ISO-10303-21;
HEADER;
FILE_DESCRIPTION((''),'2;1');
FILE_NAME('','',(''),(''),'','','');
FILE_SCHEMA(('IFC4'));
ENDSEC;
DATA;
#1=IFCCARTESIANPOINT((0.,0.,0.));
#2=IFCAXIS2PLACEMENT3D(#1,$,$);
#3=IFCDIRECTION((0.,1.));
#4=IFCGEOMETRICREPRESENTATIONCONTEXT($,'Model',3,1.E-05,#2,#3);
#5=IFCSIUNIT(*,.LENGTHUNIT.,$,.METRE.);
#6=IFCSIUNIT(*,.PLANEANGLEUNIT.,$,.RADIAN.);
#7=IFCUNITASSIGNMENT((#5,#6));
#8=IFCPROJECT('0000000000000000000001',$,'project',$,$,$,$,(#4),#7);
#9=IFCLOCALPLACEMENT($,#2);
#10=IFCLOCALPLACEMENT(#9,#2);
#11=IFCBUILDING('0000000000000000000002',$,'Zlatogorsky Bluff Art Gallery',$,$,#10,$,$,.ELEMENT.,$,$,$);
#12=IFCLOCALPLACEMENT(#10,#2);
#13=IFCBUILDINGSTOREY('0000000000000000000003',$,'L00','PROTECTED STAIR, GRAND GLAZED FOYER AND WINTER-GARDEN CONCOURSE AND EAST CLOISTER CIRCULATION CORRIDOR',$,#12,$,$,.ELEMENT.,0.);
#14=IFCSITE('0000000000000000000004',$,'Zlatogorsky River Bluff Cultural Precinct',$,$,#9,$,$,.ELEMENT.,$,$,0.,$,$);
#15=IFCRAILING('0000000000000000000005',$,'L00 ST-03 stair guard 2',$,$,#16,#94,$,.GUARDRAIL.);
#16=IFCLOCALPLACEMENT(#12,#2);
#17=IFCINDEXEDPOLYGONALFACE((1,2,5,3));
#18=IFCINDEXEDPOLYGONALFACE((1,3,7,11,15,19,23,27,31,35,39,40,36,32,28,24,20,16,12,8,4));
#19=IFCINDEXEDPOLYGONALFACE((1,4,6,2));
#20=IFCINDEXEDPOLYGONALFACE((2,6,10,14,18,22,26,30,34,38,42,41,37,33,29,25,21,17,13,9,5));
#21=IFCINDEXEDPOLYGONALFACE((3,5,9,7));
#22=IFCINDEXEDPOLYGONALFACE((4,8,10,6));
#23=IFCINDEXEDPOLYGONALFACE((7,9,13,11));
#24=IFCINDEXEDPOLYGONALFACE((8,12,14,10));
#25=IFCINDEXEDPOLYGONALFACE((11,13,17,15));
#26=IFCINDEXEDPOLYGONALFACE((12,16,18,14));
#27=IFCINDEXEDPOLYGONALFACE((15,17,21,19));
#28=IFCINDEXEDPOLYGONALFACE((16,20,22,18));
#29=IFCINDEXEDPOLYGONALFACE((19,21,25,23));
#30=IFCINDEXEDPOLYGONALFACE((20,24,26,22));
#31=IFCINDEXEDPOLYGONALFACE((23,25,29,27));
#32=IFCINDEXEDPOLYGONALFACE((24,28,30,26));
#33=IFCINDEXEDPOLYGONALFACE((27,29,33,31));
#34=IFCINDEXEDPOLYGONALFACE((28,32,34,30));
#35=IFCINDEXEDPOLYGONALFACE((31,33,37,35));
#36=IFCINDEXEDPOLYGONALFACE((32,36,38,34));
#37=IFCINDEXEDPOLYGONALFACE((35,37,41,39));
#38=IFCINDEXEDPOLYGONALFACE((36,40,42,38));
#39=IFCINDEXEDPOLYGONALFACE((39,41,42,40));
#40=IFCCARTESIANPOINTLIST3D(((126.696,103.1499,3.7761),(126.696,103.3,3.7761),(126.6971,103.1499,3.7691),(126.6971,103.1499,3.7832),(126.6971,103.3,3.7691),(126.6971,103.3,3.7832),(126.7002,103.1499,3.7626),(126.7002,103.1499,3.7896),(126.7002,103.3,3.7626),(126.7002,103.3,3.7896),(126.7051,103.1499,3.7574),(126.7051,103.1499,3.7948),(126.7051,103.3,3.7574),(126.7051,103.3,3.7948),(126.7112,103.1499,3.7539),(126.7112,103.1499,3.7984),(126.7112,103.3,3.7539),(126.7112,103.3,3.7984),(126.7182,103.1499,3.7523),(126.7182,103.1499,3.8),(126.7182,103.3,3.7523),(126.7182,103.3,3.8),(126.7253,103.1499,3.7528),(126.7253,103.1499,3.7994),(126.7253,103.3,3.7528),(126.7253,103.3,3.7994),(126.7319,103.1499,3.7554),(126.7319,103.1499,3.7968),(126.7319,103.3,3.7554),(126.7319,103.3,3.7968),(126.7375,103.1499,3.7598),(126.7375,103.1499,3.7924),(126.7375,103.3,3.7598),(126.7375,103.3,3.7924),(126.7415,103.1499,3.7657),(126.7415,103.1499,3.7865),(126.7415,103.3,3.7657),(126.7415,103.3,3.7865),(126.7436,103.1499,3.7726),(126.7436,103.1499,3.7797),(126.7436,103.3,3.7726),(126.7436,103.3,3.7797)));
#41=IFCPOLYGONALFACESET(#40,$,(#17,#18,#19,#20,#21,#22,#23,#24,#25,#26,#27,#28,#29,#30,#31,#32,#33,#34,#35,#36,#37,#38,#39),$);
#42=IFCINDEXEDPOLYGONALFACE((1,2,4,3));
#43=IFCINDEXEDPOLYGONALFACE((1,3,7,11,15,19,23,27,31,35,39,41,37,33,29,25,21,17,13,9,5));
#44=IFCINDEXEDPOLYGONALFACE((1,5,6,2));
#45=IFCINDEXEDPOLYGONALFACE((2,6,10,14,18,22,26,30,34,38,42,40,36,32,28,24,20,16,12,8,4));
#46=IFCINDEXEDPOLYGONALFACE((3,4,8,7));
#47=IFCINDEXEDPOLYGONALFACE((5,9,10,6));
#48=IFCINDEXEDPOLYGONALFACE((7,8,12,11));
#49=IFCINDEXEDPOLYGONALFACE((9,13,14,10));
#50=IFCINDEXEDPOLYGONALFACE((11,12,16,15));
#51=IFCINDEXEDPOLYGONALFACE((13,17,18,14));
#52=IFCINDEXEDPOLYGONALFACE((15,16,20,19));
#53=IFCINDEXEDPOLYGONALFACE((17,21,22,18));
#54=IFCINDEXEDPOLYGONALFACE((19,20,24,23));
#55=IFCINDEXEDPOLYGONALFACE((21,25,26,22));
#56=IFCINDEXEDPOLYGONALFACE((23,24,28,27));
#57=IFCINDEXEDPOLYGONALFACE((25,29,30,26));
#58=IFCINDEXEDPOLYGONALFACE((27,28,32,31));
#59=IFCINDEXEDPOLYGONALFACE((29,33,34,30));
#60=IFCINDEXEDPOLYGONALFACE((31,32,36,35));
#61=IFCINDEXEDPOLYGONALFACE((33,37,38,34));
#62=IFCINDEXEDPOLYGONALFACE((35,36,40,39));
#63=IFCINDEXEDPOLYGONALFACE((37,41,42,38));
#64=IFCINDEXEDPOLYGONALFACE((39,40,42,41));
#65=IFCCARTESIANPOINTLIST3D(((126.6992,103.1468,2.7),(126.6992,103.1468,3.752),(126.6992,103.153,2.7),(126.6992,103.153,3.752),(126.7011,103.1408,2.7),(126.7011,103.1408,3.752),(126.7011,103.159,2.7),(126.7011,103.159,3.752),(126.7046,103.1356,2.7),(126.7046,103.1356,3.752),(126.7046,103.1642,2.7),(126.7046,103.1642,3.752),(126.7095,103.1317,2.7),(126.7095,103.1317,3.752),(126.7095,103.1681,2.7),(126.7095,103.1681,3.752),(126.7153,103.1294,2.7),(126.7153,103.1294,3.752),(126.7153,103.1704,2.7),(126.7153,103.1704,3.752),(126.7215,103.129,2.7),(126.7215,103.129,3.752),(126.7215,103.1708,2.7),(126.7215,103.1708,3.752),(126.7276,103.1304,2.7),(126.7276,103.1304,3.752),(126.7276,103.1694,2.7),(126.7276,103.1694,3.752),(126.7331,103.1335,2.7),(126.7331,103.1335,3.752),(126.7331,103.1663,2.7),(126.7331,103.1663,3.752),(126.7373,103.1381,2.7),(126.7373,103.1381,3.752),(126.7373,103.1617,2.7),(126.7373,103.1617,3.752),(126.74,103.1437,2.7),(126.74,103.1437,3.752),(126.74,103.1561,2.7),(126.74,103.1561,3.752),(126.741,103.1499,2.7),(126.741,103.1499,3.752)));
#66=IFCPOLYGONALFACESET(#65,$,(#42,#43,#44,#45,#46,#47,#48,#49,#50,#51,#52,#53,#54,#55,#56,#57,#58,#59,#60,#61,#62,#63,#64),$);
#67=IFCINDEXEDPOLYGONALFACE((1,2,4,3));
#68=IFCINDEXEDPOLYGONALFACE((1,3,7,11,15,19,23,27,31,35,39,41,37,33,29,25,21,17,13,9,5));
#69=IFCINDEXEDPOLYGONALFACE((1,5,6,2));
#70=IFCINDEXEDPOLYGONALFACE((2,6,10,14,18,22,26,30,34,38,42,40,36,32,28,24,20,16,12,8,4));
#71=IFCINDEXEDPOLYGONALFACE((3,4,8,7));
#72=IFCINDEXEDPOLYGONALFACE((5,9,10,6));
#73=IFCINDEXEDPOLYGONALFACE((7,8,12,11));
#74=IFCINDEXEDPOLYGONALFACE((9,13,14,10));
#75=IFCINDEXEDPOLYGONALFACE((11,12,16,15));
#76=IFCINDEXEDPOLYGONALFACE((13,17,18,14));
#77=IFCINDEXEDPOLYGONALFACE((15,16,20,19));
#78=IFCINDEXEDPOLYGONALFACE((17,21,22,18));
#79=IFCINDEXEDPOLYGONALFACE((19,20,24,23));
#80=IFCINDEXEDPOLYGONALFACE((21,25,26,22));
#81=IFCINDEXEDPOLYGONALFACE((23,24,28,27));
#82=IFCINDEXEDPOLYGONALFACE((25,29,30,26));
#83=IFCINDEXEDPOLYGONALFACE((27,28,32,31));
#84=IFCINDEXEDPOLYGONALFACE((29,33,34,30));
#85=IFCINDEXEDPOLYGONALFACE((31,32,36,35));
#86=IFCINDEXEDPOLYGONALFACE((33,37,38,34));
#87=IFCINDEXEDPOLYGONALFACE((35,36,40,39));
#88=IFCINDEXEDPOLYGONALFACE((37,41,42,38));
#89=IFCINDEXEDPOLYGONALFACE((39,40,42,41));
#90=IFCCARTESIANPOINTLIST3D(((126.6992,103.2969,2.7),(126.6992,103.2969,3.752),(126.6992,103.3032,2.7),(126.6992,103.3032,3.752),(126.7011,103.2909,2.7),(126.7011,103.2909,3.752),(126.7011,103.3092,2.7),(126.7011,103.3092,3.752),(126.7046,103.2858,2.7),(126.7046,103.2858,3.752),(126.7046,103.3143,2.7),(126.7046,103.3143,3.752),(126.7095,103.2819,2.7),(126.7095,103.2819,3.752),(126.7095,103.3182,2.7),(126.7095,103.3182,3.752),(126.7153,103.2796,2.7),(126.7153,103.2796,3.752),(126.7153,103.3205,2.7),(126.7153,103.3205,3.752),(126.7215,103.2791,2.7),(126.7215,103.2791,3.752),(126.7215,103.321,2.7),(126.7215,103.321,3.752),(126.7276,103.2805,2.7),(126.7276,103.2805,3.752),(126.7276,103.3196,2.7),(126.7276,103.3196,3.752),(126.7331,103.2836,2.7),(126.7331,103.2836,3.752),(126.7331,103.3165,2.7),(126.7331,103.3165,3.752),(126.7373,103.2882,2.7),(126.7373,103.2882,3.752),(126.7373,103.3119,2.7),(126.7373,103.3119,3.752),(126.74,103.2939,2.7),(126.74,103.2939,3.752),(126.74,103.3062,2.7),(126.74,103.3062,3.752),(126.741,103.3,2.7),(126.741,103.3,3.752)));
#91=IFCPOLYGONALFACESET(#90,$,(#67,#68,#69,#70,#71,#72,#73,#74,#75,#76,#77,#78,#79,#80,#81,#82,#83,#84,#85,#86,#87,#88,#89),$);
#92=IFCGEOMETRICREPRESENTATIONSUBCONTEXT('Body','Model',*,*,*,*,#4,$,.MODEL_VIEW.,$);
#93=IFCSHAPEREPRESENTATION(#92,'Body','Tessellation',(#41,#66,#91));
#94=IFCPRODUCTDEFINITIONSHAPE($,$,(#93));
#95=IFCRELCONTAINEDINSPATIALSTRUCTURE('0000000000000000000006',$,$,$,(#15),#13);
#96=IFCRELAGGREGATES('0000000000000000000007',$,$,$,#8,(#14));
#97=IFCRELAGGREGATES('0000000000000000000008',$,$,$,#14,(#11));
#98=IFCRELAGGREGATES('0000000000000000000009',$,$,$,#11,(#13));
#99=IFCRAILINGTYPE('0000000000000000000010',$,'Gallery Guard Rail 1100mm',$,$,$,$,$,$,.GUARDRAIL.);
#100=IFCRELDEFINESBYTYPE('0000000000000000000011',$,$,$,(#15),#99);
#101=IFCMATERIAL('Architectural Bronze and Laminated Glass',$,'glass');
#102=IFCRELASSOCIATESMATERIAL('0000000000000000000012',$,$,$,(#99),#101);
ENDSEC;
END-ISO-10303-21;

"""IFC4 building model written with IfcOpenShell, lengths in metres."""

from ifc_helpers import new_model, si_unit, direction, frame, origin, origin_2d, place, context, subcontext, project, spatial, circle, extrude, material, type_object, element, save


model = new_model("IFC4")

# Units and contexts
model_context = context("Model", 3, precision=1e-05, world=origin(), true_north=direction((0.0, 1.0)))
body_context = subcontext(model_context, "Body", "Model", "MODEL_VIEW")
ifc_project = project(units=[si_unit("LENGTHUNIT", "METRE"), si_unit("PLANEANGLEUNIT", "RADIAN")], contexts=[model_context])

# Site, building, storey
site_placement = place(None, origin())
site = spatial("IfcSite", under=ifc_project, at=site_placement, Name="Zlatogorsky River Bluff Cultural Precinct", CompositionType="ELEMENT", RefElevation=0.0)
building_placement = place(site_placement, origin())
building = spatial("IfcBuilding", under=site, at=building_placement, Name="Zlatogorsky Bluff Art Gallery", CompositionType="ELEMENT")
storey_placement = place(building_placement, origin())
storey = spatial("IfcBuildingStorey", under=building, at=storey_placement, Name="L00", Description="PROTECTED STAIR, GRAND GLAZED FOYER AND WINTER-GARDEN CONCOURSE AND EAST CLOISTER CIRCULATION CORRIDOR", CompositionType="ELEMENT", Elevation=0.0)

# Railing
ifc_material_1 = material(Name="Architectural Bronze and Laminated Glass", Category="glass")
railing_type_1 = type_object("IfcRailingType", Name="Gallery Guard Rail 1100mm", PredefinedType="GUARDRAIL", material=ifc_material_1)
railing_1_placement = place(storey_placement, frame((126.72, 103.1499, 2.7)))
element("IfcRailing", 1, at=railing_1_placement, inside=storey, type_object=railing_type_1, Name="L00 ST-03 stair guard 2", PredefinedType="GUARDRAIL", context=body_context, shape_type="SweptSolid", body=[
    extrude(circle(Radius=0.0239, at=origin_2d()), frame((0.0, 0.0, 1.0762), z_axis=(0.0, 1.0, 0.0), x_axis=(-1.0, 0.0, 0.0)), (0.0, 0.0, 1.0), 0.1501),
    extrude(circle(Radius=0.021, at=origin_2d()), origin(), (0.0, 0.0, 1.0), 1.052),
    extrude(circle(Radius=0.021, at=origin_2d()), frame((0.0, 0.1501, 0.0)), (0.0, 0.0, 1.0), 1.052),
])

save(model, "model.ifc")
